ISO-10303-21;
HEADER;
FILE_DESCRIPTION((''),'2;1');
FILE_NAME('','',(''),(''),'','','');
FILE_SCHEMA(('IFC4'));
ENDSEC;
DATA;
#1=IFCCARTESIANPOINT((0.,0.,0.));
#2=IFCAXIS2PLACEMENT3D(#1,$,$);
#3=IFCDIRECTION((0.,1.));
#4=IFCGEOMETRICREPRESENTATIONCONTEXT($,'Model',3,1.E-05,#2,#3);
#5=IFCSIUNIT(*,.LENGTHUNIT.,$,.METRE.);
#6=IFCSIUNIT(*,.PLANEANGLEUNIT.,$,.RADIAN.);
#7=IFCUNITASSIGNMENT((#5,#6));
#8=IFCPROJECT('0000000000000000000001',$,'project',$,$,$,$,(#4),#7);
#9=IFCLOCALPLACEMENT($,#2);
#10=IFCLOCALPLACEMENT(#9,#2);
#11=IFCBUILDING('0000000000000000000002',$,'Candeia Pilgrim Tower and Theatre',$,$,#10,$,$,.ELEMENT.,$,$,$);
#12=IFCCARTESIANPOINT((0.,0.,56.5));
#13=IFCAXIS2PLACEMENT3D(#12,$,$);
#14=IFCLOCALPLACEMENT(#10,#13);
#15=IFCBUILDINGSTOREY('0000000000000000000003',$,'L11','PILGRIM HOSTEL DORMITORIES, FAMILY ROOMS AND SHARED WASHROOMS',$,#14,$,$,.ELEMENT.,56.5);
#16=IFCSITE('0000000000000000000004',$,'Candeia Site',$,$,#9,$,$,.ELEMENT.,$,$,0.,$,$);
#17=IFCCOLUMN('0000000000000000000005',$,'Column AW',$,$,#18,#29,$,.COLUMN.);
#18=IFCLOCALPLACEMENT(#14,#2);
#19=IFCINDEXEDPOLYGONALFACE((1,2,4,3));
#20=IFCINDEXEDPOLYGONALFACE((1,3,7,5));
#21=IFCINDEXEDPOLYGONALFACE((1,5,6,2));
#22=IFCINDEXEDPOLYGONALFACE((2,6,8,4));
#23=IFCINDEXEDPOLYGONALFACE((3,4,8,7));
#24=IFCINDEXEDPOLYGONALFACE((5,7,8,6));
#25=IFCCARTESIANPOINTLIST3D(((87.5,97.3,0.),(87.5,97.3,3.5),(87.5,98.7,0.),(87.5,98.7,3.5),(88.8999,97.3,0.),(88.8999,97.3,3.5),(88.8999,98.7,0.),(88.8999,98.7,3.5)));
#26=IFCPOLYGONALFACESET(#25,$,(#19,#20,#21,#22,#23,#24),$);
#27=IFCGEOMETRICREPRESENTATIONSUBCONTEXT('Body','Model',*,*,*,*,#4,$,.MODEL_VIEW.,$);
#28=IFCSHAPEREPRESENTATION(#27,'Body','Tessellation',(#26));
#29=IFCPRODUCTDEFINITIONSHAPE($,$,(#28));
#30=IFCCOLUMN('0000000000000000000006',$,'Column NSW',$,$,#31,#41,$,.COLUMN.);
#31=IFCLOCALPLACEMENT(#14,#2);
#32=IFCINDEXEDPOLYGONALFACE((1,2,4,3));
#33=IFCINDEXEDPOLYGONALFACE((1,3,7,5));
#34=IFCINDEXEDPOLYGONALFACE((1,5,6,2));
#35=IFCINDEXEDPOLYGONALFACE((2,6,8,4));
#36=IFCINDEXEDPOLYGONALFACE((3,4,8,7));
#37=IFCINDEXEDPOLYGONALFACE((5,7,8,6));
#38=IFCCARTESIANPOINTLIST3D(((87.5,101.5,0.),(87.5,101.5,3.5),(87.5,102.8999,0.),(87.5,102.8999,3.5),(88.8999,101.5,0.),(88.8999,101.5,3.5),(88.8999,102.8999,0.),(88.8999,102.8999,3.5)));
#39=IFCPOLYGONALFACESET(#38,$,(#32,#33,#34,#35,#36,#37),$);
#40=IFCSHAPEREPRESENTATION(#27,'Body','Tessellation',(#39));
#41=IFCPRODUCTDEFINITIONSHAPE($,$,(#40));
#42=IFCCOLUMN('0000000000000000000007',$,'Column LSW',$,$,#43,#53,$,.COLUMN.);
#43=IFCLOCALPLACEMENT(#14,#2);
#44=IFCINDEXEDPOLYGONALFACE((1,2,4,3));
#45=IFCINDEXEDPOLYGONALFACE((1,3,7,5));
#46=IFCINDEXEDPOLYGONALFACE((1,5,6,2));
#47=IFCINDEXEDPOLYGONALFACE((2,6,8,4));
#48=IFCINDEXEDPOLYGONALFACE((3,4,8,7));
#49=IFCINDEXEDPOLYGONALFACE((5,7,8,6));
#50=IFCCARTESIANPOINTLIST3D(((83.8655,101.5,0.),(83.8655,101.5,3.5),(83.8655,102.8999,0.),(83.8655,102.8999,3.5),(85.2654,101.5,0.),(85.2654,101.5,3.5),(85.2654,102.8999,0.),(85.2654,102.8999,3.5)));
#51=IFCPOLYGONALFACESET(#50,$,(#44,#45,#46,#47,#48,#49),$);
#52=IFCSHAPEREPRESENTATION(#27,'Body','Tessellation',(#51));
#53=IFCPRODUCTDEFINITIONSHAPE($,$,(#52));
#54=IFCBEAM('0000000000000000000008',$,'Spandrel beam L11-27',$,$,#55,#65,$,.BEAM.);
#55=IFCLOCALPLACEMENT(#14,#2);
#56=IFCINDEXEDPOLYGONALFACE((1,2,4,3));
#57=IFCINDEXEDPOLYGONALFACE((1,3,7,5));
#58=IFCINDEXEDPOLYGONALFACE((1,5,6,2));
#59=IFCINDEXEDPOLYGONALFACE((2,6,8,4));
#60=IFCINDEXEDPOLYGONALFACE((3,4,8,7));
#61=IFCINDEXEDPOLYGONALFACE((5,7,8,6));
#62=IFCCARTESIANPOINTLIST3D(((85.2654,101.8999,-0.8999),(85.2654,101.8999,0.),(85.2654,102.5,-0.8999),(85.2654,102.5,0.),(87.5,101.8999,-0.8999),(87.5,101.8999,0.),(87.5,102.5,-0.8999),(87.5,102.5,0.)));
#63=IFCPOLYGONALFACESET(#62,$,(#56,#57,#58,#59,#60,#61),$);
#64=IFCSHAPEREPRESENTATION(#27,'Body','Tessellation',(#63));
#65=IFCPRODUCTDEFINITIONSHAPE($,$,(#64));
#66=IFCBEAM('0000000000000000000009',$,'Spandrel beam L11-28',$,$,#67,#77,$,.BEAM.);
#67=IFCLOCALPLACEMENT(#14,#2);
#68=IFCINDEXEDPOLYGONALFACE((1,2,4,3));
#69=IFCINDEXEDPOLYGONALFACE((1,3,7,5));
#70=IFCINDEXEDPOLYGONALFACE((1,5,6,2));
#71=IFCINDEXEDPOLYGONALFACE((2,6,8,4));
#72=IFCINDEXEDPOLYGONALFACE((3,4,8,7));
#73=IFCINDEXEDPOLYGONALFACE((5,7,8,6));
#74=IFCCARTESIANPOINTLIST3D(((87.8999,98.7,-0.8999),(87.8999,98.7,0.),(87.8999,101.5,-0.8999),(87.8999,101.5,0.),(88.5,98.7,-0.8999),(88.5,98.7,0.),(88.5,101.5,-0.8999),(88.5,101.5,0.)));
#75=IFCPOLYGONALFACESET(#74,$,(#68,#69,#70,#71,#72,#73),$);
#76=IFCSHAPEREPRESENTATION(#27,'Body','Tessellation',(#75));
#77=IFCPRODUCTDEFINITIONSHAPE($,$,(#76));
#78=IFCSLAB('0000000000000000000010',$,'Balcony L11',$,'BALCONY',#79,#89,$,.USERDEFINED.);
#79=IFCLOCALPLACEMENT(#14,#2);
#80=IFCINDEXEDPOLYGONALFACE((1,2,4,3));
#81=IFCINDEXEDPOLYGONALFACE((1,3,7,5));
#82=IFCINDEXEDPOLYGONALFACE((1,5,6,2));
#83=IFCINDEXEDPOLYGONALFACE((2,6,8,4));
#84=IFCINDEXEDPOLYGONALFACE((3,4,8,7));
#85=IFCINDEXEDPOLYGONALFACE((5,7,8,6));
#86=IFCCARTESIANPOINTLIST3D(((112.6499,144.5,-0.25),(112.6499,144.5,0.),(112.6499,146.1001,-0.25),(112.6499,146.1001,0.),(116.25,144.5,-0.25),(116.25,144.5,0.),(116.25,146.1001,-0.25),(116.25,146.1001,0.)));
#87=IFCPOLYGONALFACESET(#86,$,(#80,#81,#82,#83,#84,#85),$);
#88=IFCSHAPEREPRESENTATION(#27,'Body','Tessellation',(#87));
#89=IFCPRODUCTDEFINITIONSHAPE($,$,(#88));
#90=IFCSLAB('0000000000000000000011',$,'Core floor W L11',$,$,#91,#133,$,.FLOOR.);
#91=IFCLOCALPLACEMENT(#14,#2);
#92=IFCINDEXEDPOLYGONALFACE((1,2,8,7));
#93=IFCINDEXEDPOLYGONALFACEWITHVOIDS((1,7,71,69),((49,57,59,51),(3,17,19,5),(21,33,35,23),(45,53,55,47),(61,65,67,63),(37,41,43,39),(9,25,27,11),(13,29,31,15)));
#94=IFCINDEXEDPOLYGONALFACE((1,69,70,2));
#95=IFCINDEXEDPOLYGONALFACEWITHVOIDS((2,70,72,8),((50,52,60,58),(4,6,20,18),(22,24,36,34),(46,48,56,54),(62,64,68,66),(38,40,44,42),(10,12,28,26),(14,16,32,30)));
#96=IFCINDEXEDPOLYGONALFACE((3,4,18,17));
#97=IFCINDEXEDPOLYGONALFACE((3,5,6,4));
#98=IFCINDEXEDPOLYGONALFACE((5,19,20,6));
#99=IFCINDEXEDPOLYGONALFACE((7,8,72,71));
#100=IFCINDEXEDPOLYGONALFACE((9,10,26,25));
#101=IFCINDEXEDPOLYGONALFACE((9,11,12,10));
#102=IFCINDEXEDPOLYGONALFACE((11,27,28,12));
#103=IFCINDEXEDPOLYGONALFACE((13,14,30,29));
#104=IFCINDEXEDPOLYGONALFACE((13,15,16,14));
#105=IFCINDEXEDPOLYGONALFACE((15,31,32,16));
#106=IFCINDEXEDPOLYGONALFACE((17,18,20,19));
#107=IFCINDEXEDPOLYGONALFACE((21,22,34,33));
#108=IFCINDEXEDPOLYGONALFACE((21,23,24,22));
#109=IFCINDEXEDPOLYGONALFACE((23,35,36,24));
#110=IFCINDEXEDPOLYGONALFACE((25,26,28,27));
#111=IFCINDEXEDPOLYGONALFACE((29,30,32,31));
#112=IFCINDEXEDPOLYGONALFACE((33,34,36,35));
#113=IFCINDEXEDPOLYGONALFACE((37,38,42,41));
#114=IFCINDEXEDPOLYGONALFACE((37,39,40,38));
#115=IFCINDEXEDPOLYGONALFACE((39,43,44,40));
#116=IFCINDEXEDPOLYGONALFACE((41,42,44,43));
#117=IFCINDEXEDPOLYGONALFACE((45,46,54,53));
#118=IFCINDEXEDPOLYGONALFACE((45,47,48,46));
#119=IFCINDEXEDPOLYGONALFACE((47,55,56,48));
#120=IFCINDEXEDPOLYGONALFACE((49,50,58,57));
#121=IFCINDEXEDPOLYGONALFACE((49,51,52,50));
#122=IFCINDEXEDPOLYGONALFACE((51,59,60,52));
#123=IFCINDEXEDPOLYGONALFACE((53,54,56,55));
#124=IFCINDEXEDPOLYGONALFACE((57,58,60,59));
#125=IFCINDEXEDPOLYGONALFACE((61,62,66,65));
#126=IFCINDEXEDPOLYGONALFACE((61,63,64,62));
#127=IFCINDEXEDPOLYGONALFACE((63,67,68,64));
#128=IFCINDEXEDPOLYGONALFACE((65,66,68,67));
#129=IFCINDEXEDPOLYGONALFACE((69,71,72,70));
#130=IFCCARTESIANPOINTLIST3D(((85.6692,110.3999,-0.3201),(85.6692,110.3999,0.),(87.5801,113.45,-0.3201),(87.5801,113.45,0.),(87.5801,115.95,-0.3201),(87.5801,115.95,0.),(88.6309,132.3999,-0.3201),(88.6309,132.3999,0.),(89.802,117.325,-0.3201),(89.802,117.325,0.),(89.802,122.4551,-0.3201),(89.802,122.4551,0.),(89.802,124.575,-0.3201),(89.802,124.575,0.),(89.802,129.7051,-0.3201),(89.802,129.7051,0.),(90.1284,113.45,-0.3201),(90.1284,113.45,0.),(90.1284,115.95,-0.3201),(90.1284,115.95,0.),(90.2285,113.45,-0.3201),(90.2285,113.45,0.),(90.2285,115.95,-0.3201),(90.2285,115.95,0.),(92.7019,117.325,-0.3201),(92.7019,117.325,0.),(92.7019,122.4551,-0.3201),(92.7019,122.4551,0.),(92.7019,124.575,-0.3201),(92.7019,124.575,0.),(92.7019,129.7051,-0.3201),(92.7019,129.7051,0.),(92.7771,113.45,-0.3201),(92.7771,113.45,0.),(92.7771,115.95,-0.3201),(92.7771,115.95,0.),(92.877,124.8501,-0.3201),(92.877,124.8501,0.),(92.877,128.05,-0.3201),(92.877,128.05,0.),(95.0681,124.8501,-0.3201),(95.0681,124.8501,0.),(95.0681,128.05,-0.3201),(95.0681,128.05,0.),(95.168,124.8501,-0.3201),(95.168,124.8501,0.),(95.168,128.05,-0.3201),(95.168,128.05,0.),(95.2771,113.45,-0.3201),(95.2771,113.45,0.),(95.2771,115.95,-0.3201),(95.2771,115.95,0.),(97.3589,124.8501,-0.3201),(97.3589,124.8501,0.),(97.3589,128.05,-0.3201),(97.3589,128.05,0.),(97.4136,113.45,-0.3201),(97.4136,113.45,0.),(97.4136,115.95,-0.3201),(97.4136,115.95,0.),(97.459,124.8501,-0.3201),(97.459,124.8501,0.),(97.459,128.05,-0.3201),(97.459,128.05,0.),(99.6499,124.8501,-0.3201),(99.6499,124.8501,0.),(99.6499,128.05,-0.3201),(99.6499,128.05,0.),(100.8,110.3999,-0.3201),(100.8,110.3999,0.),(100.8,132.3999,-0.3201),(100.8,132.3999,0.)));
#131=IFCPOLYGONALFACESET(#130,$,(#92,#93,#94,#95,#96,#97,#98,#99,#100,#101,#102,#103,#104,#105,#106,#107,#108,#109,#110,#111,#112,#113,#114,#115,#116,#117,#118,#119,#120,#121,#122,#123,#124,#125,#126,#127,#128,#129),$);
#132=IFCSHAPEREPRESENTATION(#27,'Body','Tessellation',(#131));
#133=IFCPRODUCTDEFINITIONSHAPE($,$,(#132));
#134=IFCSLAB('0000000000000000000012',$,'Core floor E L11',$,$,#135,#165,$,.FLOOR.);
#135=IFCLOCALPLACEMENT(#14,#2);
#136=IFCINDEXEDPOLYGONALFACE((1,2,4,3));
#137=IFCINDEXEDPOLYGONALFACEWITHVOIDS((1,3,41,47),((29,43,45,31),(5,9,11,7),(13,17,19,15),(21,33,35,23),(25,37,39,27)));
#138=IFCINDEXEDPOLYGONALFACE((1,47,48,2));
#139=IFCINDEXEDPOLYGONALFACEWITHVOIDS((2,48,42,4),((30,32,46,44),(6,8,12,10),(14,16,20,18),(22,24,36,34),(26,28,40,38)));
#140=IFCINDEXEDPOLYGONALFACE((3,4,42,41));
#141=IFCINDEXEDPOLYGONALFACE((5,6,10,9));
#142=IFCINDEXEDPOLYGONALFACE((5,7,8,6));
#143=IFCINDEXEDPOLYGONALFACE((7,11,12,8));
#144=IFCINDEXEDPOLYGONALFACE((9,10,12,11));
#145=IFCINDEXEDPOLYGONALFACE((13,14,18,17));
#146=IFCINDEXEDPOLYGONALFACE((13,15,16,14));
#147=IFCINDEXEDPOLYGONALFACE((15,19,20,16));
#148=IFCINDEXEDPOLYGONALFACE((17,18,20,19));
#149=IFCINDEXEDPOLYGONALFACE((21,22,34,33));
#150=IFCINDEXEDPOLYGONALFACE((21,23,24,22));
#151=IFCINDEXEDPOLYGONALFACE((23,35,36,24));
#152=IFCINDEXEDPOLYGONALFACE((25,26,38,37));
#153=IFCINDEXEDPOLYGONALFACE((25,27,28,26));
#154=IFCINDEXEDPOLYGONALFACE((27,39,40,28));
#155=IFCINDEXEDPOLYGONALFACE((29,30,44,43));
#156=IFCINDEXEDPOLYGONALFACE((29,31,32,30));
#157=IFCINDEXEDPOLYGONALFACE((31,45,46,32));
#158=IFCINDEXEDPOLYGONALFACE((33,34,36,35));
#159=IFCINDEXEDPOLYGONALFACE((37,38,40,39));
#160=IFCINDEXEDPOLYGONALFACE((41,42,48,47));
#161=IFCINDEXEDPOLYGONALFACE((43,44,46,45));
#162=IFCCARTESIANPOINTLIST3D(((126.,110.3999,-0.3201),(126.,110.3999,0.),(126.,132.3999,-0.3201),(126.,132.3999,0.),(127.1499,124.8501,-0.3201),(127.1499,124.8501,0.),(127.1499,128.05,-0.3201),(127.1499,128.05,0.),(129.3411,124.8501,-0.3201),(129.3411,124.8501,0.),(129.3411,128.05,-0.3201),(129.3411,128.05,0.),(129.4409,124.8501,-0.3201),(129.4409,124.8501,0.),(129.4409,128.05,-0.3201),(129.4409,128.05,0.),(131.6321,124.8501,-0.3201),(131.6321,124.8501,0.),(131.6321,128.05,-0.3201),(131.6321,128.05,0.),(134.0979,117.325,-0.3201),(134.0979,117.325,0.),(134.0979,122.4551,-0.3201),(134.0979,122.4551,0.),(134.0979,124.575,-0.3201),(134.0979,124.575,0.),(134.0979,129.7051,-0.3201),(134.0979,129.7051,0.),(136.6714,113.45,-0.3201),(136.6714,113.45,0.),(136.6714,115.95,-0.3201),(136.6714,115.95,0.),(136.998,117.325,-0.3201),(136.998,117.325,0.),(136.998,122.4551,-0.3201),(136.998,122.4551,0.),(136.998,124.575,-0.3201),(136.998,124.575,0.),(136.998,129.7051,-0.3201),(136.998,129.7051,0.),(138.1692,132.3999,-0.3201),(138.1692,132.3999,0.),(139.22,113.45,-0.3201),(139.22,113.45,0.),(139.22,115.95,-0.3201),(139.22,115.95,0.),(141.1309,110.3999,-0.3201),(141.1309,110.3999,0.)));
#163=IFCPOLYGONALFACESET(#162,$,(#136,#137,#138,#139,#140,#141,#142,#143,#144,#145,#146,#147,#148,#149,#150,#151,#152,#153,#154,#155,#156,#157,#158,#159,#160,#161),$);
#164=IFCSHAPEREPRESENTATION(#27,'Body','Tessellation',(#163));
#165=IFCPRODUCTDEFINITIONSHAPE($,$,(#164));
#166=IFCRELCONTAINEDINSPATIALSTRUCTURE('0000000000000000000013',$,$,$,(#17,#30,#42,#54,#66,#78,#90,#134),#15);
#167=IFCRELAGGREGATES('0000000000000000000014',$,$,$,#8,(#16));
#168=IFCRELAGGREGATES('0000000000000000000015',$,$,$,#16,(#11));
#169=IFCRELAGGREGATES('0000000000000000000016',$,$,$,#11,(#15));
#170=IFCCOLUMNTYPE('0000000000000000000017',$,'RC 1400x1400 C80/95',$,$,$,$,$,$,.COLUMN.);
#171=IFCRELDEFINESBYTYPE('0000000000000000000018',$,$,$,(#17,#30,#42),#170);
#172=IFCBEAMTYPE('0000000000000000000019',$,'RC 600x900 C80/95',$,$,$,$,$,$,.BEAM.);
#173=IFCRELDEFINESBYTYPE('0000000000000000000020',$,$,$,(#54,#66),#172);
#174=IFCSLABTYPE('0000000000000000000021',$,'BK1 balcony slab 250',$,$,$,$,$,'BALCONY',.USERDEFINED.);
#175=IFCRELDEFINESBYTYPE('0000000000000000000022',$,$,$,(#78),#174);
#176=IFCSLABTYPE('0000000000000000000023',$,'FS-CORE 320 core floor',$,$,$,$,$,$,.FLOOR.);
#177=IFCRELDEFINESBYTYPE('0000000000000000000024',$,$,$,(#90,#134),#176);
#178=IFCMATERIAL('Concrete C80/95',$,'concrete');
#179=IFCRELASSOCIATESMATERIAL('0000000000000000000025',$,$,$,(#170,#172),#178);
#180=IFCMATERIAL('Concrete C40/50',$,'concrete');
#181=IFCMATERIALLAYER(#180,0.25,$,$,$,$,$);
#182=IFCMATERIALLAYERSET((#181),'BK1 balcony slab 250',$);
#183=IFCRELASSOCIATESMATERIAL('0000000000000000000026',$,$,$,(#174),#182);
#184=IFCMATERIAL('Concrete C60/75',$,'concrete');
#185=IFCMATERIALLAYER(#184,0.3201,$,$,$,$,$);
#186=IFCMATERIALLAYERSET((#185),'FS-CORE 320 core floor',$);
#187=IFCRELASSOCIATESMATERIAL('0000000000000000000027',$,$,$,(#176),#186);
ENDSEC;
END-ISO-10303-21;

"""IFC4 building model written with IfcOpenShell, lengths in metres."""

from ifc_helpers import new_model, si_unit, direction, frame, origin, origin_2d, place, context, subcontext, project, spatial, polyline, rectangle, outline, extrude, material, layer, layer_set, material_profile, profile_set, type_object, element, save


model = new_model("IFC4")

# Units and contexts
model_context = context("Model", 3, precision=1e-05, world=origin(), true_north=direction((0.0, 1.0)))
body_context = subcontext(model_context, "Body", "Model", "MODEL_VIEW")
ifc_project = project(units=[si_unit("LENGTHUNIT", "METRE"), si_unit("PLANEANGLEUNIT", "RADIAN")], contexts=[model_context])

# Site, building, storey
site_placement = place(None, origin())
site = spatial("IfcSite", under=ifc_project, at=site_placement, Name="Candeia Site", CompositionType="ELEMENT", RefElevation=0.0)
building_placement = place(site_placement, origin())
building = spatial("IfcBuilding", under=site, at=building_placement, Name="Candeia Pilgrim Tower and Theatre", CompositionType="ELEMENT")
storey_placement = place(building_placement, frame((0.0, 0.0, 56.5)))
storey = spatial("IfcBuildingStorey", under=building, at=storey_placement, Name="L11", Description="PILGRIM HOSTEL DORMITORIES, FAMILY ROOMS AND SHARED WASHROOMS", CompositionType="ELEMENT", Elevation=56.5)

# Columns
ifc_material_1 = material(Name="Concrete C80/95", Category="concrete")
ifc_material_profile_1 = material_profile(ifc_material_1, rectangle(XDim=1.3999, YDim=1.3999, at=origin_2d()))
ifc_profile_set_1 = profile_set([ifc_material_profile_1], Name="Concrete C80/95")
column_type = type_object("IfcColumnType", Name="RC 1400x1400 C80/95", PredefinedType="COLUMN", material=ifc_profile_set_1)
for number, where, z_axis, x_axis, name in (
    (1, (88.2, 98.0, 0.0), (0.0, 0.0, 1.0), (1.0, 0.0, 0.0), "Column AW"),
    (2, (88.2, 102.2, 0.0), (0.0, 0.0, 1.0), (1.0, 0.0, 0.0), "Column NSW"),
    (3, (84.5654, 102.2, 0.0), (0.0, 0.0, 1.0), (1.0, 0.0, 0.0), "Column LSW"),
):
    element("IfcColumn", number, at=place(storey_placement, frame(where, z_axis=z_axis, x_axis=x_axis)), inside=storey, type_object=column_type, Name=name, PredefinedType="COLUMN", context=body_context, shape_type="SweptSolid", body=[
        extrude(rectangle(XDim=1.3999, YDim=1.3999, at=origin_2d()), origin(), (0.0, 0.0, 1.0), 3.5),
    ])

# Beams
ifc_material_profile_2 = material_profile(ifc_material_1, rectangle(XDim=0.6001, YDim=0.8999, at=origin_2d()))
ifc_profile_set_2 = profile_set([ifc_material_profile_2], Name="Concrete C80/95")
beam_type = type_object("IfcBeamType", Name="RC 600x900 C80/95", PredefinedType="BEAM", material=ifc_profile_set_2)
beam_1_placement = place(storey_placement, frame((85.2654, 102.2, -0.45), z_axis=(1.0, 0.0, 0.0), x_axis=(0.0, 1.0, 0.0)))
element("IfcBeam", 4, at=beam_1_placement, inside=storey, type_object=beam_type, Name="Spandrel beam L11-27", PredefinedType="BEAM", context=body_context, shape_type="SweptSolid", body=[
    extrude(rectangle(XDim=0.6001, YDim=0.8999, at=origin_2d()), origin(), (0.0, 0.0, 1.0), 2.2346),
])
beam_2_placement = place(storey_placement, frame((88.2, 101.5, -0.45), z_axis=(0.0, -1.0, 0.0), x_axis=(1.0, 0.0, 0.0)))
element("IfcBeam", 5, at=beam_2_placement, inside=storey, type_object=beam_type, Name="Spandrel beam L11-28", PredefinedType="BEAM", context=body_context, shape_type="SweptSolid", body=[
    extrude(rectangle(XDim=0.6001, YDim=0.8999, at=origin_2d()), origin(), (0.0, 0.0, 1.0), 2.8),
])

# Slabs
ifc_material_2 = material(Name="Concrete C40/50", Category="concrete")
ifc_layer_1 = layer(ifc_material_2, 0.25)
ifc_layer_set_1 = layer_set([ifc_layer_1], Name="BK1 balcony slab 250")
slab_type_1 = type_object("IfcSlabType", Name="BK1 balcony slab 250", ElementType="BALCONY", PredefinedType="USERDEFINED", material=ifc_layer_set_1)
slab_1_placement = place(storey_placement, frame((0.0, 0.0, -0.25)))
element("IfcSlab", 6, at=slab_1_placement, inside=storey, type_object=slab_type_1, Name="Balcony L11", ObjectType="BALCONY", PredefinedType="USERDEFINED", context=body_context, shape_type="SweptSolid", body=[
    extrude(outline(polyline([(112.6499, 144.5), (116.25, 144.5), (116.25, 146.1001), (112.6499, 146.1001), (112.6499, 144.5)])), origin(), (0.0, 0.0, 1.0), 0.25),
])
ifc_material_3 = material(Name="Concrete C60/75", Category="concrete")
ifc_layer_2 = layer(ifc_material_3, 0.3201)
ifc_layer_set_2 = layer_set([ifc_layer_2], Name="FS-CORE 320 core floor")
slab_type_2 = type_object("IfcSlabType", Name="FS-CORE 320 core floor", PredefinedType="FLOOR", material=ifc_layer_set_2)
slab_2_placement = place(storey_placement, frame((0.0, 0.0, -0.3201)))
element("IfcSlab", 7, at=slab_2_placement, inside=storey, type_object=slab_type_2, Name="Core floor W L11", PredefinedType="FLOOR", context=body_context, shape_type="SweptSolid", body=[
    extrude(outline(polyline([(100.8, 132.3999), (100.8, 110.3999), (85.6692, 110.3999), (88.6309, 132.3999), (100.8, 132.3999)]), holes=[polyline([(97.459, 128.05), (97.459, 124.8501), (99.6499, 124.8501), (99.6499, 128.05), (97.459, 128.05)]), polyline([(95.2771, 115.95), (95.2771, 113.45), (97.4136, 113.45), (97.4136, 115.95), (95.2771, 115.95)]), polyline([(95.168, 128.05), (95.168, 124.8501), (97.3589, 124.8501), (97.3589, 128.05), (95.168, 128.05)]), polyline([(92.877, 128.05), (92.877, 124.8501), (95.0681, 124.8501), (95.0681, 128.05), (92.877, 128.05)]), polyline([(90.2285, 115.95), (90.2285, 113.45), (92.7771, 113.45), (92.7771, 115.95), (90.2285, 115.95)]), polyline([(89.802, 122.4551), (89.802, 117.325), (92.7019, 117.325), (92.7019, 122.4551), (89.802, 122.4551)]), polyline([(89.802, 129.7051), (89.802, 124.575), (92.7019, 124.575), (92.7019, 129.7051), (89.802, 129.7051)]), polyline([(87.5801, 115.95), (87.5801, 113.45), (90.1284, 113.45), (90.1284, 115.95), (87.5801, 115.95)])]), origin(), (0.0, 0.0, 1.0), 0.3201),
])
slab_3_placement = place(storey_placement, frame((0.0, 0.0, -0.3201)))
element("IfcSlab", 8, at=slab_3_placement, inside=storey, type_object=slab_type_2, Name="Core floor E L11", PredefinedType="FLOOR", context=body_context, shape_type="SweptSolid", body=[
    extrude(outline(polyline([(138.1692, 132.3999), (141.1309, 110.3999), (126.0, 110.3999), (126.0, 132.3999), (138.1692, 132.3999)]), holes=[polyline([(136.6714, 115.95), (136.6714, 113.45), (139.22, 113.45), (139.22, 115.95), (136.6714, 115.95)]), polyline([(134.0979, 117.325), (136.998, 117.325), (136.998, 122.4551), (134.0979, 122.4551), (134.0979, 117.325)]), polyline([(134.0979, 129.7051), (134.0979, 124.575), (136.998, 124.575), (136.998, 129.7051), (134.0979, 129.7051)]), polyline([(131.6321, 128.05), (129.4409, 128.05), (129.4409, 124.8501), (131.6321, 124.8501), (131.6321, 128.05)]), polyline([(127.1499, 128.05), (127.1499, 124.8501), (129.3411, 124.8501), (129.3411, 128.05), (127.1499, 128.05)])]), origin(), (0.0, 0.0, 1.0), 0.3201),
])

save(model, "model.ifc")
